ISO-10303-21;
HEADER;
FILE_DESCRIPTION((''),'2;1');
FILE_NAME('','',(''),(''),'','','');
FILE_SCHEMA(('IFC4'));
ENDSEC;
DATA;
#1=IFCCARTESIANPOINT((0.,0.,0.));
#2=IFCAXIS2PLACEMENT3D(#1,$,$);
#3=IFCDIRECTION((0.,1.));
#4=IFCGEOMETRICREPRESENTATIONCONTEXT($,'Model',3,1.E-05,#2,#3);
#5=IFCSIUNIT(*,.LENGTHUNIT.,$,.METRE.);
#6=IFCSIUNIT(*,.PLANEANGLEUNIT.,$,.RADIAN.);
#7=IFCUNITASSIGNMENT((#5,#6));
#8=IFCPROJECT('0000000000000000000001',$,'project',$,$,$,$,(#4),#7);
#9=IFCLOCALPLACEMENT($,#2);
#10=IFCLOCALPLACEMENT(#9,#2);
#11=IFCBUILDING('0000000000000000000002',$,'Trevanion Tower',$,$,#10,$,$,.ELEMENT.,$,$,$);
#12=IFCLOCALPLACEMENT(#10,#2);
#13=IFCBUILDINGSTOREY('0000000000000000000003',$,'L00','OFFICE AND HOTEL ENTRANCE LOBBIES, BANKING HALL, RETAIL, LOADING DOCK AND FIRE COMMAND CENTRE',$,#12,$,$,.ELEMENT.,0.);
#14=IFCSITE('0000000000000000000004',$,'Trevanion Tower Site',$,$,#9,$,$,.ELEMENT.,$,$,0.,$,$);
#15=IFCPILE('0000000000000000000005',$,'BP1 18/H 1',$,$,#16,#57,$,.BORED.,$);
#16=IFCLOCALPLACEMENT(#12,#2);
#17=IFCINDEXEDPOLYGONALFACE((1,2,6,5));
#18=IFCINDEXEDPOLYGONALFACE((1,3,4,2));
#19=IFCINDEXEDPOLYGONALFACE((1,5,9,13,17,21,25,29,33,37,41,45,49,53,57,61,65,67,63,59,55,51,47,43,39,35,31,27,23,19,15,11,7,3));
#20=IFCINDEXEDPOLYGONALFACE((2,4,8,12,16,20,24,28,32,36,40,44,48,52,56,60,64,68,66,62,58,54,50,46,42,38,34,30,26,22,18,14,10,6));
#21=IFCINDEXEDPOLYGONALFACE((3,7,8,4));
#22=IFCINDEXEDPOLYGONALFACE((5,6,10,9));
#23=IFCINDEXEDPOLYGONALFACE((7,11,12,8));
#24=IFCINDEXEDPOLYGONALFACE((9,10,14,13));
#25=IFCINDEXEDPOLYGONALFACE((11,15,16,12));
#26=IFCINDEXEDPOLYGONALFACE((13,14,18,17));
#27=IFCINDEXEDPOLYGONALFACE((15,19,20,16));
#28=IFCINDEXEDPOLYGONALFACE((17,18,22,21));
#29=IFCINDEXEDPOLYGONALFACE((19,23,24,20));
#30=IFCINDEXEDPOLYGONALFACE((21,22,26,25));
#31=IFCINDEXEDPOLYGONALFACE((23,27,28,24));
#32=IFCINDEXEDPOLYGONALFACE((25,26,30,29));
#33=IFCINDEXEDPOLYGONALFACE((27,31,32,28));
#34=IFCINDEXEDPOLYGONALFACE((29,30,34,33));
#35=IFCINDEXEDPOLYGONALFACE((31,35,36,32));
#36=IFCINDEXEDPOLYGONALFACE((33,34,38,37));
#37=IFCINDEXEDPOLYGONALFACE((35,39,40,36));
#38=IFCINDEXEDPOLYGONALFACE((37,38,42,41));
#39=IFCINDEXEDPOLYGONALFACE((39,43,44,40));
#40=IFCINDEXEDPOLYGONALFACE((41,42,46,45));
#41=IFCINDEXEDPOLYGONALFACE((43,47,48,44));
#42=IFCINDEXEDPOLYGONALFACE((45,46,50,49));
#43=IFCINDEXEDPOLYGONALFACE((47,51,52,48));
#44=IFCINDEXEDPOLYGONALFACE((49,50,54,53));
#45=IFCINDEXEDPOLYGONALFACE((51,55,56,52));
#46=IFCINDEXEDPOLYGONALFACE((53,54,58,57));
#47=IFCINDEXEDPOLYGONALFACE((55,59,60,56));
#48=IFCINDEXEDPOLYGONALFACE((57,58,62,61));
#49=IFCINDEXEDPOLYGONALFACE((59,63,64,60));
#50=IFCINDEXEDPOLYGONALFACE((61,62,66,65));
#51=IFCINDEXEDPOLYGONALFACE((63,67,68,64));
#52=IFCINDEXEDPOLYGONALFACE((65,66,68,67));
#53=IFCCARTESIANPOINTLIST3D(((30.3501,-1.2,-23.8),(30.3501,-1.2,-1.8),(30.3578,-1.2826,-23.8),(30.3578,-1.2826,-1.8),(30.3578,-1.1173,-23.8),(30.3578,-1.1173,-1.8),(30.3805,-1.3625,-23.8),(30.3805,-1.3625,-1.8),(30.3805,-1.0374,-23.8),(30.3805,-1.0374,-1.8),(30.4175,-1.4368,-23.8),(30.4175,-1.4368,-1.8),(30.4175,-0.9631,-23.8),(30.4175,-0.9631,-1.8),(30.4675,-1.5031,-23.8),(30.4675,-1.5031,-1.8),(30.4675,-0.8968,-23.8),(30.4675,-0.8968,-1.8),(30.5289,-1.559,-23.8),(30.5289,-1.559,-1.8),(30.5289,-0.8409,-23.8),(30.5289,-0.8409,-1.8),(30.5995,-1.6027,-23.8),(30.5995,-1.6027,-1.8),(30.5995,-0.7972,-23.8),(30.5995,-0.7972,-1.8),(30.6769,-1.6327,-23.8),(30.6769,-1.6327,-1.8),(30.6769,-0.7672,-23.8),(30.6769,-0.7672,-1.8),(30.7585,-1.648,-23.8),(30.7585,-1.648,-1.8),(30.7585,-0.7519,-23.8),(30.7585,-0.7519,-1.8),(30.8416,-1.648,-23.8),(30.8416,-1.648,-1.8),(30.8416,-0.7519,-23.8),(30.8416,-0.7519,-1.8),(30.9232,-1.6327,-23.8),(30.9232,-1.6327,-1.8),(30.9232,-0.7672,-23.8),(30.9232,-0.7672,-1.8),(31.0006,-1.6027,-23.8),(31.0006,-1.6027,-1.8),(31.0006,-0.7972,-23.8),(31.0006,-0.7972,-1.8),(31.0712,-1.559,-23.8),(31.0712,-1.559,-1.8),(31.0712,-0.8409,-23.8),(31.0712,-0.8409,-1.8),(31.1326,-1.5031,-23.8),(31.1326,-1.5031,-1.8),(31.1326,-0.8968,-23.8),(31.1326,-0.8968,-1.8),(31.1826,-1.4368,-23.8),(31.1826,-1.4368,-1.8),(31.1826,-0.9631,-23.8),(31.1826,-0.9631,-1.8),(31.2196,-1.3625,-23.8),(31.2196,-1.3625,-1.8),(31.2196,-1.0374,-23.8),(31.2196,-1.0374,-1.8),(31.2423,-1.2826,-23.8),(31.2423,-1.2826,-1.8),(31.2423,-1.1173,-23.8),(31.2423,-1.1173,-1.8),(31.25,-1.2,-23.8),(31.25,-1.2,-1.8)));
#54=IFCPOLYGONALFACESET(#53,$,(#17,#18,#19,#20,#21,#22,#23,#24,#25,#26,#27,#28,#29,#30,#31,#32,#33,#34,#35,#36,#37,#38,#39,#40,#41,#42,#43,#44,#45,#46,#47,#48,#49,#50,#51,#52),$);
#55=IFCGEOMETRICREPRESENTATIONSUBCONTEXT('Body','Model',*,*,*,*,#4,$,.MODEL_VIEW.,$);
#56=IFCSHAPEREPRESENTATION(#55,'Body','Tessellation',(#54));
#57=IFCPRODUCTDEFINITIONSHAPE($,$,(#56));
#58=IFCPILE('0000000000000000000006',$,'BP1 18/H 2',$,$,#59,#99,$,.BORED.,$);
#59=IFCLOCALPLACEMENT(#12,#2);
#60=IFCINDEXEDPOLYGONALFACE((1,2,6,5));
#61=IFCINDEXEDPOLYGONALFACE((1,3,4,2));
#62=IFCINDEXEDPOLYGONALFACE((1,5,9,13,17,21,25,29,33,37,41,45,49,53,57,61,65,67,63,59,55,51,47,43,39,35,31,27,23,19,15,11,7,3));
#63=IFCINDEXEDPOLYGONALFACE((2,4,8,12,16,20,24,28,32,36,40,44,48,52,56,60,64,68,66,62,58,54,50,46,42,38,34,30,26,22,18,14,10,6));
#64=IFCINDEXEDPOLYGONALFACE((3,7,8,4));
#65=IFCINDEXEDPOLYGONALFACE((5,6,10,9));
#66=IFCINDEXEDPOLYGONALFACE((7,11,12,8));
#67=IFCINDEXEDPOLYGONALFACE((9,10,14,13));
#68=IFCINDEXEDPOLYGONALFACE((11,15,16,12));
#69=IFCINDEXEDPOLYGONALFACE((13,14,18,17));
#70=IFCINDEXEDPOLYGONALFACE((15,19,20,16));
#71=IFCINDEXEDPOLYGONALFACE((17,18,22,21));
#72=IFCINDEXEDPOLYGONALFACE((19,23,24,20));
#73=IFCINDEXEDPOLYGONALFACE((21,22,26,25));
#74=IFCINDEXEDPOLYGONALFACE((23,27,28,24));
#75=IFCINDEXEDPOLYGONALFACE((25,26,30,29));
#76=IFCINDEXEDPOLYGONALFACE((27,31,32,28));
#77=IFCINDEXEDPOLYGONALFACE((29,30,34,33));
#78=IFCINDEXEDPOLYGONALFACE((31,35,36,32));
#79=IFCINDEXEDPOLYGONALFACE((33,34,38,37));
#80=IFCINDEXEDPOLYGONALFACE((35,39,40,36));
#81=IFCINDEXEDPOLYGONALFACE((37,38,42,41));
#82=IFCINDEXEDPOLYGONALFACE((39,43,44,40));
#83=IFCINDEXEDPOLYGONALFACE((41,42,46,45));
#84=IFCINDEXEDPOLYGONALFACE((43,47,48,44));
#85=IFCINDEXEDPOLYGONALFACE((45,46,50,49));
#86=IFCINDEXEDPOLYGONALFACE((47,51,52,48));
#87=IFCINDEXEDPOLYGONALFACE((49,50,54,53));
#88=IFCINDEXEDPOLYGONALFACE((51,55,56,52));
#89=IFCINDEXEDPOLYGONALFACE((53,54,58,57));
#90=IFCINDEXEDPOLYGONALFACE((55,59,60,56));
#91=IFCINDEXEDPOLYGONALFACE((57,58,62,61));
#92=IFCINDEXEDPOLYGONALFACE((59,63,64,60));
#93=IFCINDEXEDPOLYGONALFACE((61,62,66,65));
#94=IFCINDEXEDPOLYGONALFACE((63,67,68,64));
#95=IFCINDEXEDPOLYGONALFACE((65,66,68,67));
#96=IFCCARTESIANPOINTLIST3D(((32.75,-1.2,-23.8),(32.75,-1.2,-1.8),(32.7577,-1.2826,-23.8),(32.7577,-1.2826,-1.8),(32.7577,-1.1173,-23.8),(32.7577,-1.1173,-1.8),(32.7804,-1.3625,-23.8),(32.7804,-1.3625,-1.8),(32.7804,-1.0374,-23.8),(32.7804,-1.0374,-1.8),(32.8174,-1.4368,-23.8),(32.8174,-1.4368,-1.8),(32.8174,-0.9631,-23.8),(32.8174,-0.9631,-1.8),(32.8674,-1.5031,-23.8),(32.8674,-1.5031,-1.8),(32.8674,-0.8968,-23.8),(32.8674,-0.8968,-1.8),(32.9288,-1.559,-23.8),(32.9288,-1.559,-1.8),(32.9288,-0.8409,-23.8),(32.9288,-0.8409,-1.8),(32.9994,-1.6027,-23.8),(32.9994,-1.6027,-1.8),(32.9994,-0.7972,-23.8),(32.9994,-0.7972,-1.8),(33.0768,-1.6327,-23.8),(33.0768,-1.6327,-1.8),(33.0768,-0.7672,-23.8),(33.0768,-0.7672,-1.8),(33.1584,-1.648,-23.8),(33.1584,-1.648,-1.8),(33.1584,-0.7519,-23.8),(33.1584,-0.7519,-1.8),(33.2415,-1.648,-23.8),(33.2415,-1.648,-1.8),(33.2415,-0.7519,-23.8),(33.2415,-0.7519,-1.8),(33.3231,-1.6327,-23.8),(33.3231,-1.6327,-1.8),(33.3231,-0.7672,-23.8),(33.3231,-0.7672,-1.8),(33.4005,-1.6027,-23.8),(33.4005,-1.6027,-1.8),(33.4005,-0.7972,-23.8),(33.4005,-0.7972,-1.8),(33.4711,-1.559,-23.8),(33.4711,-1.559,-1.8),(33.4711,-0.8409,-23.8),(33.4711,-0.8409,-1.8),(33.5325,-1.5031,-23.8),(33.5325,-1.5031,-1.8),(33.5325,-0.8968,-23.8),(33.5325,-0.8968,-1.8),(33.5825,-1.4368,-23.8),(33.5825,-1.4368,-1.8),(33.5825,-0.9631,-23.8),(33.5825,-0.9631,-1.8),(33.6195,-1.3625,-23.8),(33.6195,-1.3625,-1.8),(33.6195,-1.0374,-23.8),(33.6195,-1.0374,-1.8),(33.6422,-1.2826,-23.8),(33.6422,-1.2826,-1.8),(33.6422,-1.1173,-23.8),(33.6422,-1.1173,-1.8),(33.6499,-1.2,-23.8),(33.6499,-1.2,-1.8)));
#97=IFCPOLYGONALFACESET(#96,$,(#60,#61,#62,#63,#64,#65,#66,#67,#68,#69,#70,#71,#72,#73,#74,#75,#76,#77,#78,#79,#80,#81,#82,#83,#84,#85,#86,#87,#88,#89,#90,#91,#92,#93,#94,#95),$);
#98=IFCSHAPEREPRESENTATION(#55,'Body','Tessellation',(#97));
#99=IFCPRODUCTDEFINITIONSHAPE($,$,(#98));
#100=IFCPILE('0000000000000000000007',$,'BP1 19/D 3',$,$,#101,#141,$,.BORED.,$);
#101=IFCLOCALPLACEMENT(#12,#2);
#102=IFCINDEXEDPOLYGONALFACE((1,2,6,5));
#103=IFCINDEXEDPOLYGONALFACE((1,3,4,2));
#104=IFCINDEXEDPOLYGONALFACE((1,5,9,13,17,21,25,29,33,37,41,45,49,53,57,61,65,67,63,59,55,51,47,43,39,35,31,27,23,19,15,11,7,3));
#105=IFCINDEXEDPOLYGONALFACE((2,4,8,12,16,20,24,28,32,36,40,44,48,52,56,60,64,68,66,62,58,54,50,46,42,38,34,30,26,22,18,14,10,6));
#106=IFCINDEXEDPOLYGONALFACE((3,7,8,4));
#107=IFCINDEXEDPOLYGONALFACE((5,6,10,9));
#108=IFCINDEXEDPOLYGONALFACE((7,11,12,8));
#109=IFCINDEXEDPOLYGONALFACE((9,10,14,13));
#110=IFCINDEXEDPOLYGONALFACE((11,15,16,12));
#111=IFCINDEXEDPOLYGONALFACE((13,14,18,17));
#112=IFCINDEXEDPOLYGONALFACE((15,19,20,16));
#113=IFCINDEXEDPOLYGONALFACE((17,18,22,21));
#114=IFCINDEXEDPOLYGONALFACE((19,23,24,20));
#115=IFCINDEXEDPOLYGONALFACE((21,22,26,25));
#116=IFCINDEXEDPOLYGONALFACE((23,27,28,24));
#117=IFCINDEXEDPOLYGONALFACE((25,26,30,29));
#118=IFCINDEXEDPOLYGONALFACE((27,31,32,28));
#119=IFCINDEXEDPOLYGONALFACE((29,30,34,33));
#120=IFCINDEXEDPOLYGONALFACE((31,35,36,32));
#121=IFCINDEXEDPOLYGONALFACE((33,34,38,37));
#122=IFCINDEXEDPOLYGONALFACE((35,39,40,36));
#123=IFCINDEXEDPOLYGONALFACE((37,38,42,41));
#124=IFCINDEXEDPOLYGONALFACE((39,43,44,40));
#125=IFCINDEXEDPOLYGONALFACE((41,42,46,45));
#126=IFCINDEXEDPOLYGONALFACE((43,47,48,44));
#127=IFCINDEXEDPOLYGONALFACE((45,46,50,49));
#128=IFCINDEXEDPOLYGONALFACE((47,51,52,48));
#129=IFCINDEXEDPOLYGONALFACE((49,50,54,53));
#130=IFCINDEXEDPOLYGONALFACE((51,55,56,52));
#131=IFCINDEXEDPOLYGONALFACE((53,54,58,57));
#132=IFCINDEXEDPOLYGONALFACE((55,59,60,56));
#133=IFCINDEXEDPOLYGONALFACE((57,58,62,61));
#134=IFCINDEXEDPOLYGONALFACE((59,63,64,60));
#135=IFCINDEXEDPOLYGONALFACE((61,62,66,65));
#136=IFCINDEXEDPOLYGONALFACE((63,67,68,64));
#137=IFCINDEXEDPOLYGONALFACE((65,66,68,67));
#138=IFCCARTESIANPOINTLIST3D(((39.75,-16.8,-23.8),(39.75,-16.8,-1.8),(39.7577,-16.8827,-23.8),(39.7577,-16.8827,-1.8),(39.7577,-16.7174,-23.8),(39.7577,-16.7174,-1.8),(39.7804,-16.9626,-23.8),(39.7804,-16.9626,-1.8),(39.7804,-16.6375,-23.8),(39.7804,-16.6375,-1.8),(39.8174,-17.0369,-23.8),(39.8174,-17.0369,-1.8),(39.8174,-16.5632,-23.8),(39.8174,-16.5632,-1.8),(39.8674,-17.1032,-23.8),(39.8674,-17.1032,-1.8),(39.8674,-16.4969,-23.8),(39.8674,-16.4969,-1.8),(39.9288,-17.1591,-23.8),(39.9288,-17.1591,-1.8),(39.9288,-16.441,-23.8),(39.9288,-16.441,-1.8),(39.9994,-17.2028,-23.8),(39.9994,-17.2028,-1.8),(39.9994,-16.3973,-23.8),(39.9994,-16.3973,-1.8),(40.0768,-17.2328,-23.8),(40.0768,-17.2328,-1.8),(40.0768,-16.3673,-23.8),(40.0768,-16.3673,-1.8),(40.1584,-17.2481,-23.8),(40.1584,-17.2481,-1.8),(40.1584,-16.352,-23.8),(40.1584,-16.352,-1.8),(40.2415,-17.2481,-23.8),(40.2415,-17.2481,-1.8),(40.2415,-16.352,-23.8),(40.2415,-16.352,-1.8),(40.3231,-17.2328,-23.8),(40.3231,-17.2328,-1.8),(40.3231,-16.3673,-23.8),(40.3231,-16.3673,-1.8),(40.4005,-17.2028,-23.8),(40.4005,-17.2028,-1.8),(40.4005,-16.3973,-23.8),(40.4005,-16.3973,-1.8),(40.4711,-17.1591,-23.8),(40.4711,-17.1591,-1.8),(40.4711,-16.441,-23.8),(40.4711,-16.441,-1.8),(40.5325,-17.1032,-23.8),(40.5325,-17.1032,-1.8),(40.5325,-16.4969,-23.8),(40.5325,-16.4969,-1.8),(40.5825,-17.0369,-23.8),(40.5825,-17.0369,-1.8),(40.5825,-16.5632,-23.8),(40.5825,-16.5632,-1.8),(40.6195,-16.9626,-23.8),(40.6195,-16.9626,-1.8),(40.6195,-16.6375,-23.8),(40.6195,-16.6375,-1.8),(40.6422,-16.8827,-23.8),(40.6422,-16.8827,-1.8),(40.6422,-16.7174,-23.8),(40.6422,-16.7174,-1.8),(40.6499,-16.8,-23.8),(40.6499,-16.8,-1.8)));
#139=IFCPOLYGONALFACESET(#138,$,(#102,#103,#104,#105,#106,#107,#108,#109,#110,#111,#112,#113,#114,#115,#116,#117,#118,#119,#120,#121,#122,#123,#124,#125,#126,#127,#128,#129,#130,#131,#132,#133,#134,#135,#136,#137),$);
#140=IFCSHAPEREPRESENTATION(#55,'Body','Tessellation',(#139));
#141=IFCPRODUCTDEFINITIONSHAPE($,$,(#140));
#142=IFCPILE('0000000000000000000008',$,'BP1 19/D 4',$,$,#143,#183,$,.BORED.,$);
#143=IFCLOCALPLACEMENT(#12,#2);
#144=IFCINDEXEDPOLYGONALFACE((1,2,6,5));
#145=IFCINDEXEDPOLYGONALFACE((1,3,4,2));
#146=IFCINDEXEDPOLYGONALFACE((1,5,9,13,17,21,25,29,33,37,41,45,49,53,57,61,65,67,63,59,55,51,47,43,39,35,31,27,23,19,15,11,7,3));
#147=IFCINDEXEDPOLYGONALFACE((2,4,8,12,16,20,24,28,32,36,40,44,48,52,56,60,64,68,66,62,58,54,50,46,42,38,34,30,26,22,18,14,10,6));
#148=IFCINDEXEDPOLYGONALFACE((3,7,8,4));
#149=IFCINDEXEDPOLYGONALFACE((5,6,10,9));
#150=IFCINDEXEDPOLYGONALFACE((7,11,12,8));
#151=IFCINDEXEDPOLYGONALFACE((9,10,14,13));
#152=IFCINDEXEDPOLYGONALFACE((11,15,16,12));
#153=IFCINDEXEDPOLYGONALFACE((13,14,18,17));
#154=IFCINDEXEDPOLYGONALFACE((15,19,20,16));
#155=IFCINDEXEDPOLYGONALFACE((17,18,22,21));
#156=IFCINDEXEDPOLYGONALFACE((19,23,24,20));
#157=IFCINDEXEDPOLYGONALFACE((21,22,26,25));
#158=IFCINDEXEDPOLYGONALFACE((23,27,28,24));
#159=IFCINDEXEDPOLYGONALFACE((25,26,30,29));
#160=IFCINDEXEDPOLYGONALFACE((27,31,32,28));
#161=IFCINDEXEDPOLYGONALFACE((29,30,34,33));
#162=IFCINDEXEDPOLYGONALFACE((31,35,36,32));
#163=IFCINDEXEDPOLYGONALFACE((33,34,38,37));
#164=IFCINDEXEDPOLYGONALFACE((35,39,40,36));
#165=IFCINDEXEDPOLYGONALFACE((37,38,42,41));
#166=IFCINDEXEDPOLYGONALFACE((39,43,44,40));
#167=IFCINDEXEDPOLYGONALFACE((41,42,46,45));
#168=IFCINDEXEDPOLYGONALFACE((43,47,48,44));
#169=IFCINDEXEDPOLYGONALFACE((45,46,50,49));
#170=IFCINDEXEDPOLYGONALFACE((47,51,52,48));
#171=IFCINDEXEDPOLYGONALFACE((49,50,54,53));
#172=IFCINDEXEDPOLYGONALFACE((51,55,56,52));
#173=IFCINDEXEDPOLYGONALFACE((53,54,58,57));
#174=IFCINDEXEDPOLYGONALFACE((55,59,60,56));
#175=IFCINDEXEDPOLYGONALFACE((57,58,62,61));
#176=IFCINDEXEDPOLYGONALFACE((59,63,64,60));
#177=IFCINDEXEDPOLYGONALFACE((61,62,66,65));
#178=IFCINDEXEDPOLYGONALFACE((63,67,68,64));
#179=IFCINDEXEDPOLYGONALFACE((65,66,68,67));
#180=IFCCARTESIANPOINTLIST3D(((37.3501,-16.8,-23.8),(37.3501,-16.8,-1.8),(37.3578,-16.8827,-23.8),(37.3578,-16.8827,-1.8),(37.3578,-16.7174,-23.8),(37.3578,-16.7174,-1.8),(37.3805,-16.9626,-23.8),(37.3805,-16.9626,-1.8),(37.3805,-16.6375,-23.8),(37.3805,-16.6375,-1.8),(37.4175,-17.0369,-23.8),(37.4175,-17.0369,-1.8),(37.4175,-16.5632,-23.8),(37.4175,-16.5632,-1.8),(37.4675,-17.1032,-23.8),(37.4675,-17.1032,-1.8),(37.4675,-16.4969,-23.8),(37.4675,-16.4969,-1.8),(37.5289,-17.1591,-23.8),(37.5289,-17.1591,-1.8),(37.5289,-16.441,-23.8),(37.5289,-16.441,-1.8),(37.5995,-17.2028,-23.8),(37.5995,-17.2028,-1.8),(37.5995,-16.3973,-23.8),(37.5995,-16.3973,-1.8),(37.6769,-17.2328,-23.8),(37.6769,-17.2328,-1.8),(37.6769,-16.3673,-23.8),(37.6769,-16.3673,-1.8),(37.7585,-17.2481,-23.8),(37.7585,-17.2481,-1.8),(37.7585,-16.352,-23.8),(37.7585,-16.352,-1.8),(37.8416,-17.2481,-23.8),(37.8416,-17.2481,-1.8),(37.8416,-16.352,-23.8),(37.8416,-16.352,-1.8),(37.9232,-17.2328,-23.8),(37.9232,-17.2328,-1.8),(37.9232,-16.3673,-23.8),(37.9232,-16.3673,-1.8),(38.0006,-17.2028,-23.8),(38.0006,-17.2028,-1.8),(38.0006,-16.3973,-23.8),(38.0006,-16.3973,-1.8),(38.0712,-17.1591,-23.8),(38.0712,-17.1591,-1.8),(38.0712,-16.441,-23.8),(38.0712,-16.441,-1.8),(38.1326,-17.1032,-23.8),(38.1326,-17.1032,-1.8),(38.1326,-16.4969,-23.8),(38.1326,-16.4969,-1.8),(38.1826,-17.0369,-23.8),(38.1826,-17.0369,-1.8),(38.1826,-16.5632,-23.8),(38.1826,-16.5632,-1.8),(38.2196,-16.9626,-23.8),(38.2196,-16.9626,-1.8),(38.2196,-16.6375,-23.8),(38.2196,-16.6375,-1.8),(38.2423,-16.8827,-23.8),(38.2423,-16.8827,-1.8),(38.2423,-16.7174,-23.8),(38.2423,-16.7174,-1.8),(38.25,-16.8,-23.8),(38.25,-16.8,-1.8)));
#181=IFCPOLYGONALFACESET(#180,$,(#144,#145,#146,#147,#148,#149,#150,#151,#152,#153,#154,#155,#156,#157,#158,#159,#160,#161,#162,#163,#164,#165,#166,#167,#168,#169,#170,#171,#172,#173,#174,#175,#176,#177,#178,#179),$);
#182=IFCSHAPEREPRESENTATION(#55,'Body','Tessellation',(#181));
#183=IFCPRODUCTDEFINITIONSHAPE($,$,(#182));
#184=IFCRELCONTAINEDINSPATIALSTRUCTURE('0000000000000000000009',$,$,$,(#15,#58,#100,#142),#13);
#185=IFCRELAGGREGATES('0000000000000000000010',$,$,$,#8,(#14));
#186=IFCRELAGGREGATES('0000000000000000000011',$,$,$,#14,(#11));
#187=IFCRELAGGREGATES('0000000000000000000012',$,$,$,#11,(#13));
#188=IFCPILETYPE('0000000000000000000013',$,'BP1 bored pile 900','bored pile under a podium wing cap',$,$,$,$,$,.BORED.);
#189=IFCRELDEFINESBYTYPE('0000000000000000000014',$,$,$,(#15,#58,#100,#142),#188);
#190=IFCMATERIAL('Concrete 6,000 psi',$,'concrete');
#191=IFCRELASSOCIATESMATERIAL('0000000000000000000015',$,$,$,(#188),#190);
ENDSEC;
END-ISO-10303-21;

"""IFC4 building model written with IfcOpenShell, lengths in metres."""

from ifc_helpers import new_model, si_unit, direction, frame, origin, origin_2d, place, context, subcontext, project, spatial, circle, extrude, material, material_profile, profile_set, type_object, element, save


model = new_model("IFC4")

# Units and contexts
model_context = context("Model", 3, precision=1e-05, world=origin(), true_north=direction((0.0, 1.0)))
body_context = subcontext(model_context, "Body", "Model", "MODEL_VIEW")
ifc_project = project(units=[si_unit("LENGTHUNIT", "METRE"), si_unit("PLANEANGLEUNIT", "RADIAN")], contexts=[model_context])

# Site, building, storey
site_placement = place(None, origin())
site = spatial("IfcSite", under=ifc_project, at=site_placement, Name="Trevanion Tower Site", CompositionType="ELEMENT", RefElevation=0.0)
building_placement = place(site_placement, origin())
building = spatial("IfcBuilding", under=site, at=building_placement, Name="Trevanion Tower", CompositionType="ELEMENT")
storey_placement = place(building_placement, origin())
storey = spatial("IfcBuildingStorey", under=building, at=storey_placement, Name="L00", Description="OFFICE AND HOTEL ENTRANCE LOBBIES, BANKING HALL, RETAIL, LOADING DOCK AND FIRE COMMAND CENTRE", CompositionType="ELEMENT", Elevation=0.0)

# Piles
ifc_material_1 = material(Name="Concrete 6,000 psi", Category="concrete")
ifc_material_profile_1 = material_profile(ifc_material_1, circle(Radius=0.45, at=origin_2d()), Name="BP1 bored pile 900")
ifc_profile_set_1 = profile_set([ifc_material_profile_1], Name="Concrete 6,000 psi")
pile_type = type_object("IfcPileType", Name="BP1 bored pile 900", Description="bored pile under a podium wing cap", PredefinedType="BORED", material=ifc_profile_set_1)
for number, where, z_axis, x_axis, name in (
    (1, (30.8, -1.2, -1.8), (0.0, 0.0, -1.0), (1.0, 0.0, 0.0), "BP1 18/H 1"),
    (2, (33.2, -1.2, -1.8), (0.0, 0.0, -1.0), (1.0, 0.0, 0.0), "BP1 18/H 2"),
    (3, (40.2, -16.8, -1.8), (0.0, 0.0, -1.0), (1.0, 0.0, 0.0), "BP1 19/D 3"),
    (4, (37.8, -16.8, -1.8), (0.0, 0.0, -1.0), (1.0, 0.0, 0.0), "BP1 19/D 4"),
):
    element("IfcPile", number, at=place(storey_placement, frame(where, z_axis=z_axis, x_axis=x_axis)), inside=storey, type_object=pile_type, Name=name, PredefinedType="BORED", context=body_context, shape_type="SweptSolid", body=[
        extrude(circle(Radius=0.45, at=origin_2d()), origin(), (0.0, 0.0, 1.0), 22.0),
    ])

save(model, "model.ifc")
